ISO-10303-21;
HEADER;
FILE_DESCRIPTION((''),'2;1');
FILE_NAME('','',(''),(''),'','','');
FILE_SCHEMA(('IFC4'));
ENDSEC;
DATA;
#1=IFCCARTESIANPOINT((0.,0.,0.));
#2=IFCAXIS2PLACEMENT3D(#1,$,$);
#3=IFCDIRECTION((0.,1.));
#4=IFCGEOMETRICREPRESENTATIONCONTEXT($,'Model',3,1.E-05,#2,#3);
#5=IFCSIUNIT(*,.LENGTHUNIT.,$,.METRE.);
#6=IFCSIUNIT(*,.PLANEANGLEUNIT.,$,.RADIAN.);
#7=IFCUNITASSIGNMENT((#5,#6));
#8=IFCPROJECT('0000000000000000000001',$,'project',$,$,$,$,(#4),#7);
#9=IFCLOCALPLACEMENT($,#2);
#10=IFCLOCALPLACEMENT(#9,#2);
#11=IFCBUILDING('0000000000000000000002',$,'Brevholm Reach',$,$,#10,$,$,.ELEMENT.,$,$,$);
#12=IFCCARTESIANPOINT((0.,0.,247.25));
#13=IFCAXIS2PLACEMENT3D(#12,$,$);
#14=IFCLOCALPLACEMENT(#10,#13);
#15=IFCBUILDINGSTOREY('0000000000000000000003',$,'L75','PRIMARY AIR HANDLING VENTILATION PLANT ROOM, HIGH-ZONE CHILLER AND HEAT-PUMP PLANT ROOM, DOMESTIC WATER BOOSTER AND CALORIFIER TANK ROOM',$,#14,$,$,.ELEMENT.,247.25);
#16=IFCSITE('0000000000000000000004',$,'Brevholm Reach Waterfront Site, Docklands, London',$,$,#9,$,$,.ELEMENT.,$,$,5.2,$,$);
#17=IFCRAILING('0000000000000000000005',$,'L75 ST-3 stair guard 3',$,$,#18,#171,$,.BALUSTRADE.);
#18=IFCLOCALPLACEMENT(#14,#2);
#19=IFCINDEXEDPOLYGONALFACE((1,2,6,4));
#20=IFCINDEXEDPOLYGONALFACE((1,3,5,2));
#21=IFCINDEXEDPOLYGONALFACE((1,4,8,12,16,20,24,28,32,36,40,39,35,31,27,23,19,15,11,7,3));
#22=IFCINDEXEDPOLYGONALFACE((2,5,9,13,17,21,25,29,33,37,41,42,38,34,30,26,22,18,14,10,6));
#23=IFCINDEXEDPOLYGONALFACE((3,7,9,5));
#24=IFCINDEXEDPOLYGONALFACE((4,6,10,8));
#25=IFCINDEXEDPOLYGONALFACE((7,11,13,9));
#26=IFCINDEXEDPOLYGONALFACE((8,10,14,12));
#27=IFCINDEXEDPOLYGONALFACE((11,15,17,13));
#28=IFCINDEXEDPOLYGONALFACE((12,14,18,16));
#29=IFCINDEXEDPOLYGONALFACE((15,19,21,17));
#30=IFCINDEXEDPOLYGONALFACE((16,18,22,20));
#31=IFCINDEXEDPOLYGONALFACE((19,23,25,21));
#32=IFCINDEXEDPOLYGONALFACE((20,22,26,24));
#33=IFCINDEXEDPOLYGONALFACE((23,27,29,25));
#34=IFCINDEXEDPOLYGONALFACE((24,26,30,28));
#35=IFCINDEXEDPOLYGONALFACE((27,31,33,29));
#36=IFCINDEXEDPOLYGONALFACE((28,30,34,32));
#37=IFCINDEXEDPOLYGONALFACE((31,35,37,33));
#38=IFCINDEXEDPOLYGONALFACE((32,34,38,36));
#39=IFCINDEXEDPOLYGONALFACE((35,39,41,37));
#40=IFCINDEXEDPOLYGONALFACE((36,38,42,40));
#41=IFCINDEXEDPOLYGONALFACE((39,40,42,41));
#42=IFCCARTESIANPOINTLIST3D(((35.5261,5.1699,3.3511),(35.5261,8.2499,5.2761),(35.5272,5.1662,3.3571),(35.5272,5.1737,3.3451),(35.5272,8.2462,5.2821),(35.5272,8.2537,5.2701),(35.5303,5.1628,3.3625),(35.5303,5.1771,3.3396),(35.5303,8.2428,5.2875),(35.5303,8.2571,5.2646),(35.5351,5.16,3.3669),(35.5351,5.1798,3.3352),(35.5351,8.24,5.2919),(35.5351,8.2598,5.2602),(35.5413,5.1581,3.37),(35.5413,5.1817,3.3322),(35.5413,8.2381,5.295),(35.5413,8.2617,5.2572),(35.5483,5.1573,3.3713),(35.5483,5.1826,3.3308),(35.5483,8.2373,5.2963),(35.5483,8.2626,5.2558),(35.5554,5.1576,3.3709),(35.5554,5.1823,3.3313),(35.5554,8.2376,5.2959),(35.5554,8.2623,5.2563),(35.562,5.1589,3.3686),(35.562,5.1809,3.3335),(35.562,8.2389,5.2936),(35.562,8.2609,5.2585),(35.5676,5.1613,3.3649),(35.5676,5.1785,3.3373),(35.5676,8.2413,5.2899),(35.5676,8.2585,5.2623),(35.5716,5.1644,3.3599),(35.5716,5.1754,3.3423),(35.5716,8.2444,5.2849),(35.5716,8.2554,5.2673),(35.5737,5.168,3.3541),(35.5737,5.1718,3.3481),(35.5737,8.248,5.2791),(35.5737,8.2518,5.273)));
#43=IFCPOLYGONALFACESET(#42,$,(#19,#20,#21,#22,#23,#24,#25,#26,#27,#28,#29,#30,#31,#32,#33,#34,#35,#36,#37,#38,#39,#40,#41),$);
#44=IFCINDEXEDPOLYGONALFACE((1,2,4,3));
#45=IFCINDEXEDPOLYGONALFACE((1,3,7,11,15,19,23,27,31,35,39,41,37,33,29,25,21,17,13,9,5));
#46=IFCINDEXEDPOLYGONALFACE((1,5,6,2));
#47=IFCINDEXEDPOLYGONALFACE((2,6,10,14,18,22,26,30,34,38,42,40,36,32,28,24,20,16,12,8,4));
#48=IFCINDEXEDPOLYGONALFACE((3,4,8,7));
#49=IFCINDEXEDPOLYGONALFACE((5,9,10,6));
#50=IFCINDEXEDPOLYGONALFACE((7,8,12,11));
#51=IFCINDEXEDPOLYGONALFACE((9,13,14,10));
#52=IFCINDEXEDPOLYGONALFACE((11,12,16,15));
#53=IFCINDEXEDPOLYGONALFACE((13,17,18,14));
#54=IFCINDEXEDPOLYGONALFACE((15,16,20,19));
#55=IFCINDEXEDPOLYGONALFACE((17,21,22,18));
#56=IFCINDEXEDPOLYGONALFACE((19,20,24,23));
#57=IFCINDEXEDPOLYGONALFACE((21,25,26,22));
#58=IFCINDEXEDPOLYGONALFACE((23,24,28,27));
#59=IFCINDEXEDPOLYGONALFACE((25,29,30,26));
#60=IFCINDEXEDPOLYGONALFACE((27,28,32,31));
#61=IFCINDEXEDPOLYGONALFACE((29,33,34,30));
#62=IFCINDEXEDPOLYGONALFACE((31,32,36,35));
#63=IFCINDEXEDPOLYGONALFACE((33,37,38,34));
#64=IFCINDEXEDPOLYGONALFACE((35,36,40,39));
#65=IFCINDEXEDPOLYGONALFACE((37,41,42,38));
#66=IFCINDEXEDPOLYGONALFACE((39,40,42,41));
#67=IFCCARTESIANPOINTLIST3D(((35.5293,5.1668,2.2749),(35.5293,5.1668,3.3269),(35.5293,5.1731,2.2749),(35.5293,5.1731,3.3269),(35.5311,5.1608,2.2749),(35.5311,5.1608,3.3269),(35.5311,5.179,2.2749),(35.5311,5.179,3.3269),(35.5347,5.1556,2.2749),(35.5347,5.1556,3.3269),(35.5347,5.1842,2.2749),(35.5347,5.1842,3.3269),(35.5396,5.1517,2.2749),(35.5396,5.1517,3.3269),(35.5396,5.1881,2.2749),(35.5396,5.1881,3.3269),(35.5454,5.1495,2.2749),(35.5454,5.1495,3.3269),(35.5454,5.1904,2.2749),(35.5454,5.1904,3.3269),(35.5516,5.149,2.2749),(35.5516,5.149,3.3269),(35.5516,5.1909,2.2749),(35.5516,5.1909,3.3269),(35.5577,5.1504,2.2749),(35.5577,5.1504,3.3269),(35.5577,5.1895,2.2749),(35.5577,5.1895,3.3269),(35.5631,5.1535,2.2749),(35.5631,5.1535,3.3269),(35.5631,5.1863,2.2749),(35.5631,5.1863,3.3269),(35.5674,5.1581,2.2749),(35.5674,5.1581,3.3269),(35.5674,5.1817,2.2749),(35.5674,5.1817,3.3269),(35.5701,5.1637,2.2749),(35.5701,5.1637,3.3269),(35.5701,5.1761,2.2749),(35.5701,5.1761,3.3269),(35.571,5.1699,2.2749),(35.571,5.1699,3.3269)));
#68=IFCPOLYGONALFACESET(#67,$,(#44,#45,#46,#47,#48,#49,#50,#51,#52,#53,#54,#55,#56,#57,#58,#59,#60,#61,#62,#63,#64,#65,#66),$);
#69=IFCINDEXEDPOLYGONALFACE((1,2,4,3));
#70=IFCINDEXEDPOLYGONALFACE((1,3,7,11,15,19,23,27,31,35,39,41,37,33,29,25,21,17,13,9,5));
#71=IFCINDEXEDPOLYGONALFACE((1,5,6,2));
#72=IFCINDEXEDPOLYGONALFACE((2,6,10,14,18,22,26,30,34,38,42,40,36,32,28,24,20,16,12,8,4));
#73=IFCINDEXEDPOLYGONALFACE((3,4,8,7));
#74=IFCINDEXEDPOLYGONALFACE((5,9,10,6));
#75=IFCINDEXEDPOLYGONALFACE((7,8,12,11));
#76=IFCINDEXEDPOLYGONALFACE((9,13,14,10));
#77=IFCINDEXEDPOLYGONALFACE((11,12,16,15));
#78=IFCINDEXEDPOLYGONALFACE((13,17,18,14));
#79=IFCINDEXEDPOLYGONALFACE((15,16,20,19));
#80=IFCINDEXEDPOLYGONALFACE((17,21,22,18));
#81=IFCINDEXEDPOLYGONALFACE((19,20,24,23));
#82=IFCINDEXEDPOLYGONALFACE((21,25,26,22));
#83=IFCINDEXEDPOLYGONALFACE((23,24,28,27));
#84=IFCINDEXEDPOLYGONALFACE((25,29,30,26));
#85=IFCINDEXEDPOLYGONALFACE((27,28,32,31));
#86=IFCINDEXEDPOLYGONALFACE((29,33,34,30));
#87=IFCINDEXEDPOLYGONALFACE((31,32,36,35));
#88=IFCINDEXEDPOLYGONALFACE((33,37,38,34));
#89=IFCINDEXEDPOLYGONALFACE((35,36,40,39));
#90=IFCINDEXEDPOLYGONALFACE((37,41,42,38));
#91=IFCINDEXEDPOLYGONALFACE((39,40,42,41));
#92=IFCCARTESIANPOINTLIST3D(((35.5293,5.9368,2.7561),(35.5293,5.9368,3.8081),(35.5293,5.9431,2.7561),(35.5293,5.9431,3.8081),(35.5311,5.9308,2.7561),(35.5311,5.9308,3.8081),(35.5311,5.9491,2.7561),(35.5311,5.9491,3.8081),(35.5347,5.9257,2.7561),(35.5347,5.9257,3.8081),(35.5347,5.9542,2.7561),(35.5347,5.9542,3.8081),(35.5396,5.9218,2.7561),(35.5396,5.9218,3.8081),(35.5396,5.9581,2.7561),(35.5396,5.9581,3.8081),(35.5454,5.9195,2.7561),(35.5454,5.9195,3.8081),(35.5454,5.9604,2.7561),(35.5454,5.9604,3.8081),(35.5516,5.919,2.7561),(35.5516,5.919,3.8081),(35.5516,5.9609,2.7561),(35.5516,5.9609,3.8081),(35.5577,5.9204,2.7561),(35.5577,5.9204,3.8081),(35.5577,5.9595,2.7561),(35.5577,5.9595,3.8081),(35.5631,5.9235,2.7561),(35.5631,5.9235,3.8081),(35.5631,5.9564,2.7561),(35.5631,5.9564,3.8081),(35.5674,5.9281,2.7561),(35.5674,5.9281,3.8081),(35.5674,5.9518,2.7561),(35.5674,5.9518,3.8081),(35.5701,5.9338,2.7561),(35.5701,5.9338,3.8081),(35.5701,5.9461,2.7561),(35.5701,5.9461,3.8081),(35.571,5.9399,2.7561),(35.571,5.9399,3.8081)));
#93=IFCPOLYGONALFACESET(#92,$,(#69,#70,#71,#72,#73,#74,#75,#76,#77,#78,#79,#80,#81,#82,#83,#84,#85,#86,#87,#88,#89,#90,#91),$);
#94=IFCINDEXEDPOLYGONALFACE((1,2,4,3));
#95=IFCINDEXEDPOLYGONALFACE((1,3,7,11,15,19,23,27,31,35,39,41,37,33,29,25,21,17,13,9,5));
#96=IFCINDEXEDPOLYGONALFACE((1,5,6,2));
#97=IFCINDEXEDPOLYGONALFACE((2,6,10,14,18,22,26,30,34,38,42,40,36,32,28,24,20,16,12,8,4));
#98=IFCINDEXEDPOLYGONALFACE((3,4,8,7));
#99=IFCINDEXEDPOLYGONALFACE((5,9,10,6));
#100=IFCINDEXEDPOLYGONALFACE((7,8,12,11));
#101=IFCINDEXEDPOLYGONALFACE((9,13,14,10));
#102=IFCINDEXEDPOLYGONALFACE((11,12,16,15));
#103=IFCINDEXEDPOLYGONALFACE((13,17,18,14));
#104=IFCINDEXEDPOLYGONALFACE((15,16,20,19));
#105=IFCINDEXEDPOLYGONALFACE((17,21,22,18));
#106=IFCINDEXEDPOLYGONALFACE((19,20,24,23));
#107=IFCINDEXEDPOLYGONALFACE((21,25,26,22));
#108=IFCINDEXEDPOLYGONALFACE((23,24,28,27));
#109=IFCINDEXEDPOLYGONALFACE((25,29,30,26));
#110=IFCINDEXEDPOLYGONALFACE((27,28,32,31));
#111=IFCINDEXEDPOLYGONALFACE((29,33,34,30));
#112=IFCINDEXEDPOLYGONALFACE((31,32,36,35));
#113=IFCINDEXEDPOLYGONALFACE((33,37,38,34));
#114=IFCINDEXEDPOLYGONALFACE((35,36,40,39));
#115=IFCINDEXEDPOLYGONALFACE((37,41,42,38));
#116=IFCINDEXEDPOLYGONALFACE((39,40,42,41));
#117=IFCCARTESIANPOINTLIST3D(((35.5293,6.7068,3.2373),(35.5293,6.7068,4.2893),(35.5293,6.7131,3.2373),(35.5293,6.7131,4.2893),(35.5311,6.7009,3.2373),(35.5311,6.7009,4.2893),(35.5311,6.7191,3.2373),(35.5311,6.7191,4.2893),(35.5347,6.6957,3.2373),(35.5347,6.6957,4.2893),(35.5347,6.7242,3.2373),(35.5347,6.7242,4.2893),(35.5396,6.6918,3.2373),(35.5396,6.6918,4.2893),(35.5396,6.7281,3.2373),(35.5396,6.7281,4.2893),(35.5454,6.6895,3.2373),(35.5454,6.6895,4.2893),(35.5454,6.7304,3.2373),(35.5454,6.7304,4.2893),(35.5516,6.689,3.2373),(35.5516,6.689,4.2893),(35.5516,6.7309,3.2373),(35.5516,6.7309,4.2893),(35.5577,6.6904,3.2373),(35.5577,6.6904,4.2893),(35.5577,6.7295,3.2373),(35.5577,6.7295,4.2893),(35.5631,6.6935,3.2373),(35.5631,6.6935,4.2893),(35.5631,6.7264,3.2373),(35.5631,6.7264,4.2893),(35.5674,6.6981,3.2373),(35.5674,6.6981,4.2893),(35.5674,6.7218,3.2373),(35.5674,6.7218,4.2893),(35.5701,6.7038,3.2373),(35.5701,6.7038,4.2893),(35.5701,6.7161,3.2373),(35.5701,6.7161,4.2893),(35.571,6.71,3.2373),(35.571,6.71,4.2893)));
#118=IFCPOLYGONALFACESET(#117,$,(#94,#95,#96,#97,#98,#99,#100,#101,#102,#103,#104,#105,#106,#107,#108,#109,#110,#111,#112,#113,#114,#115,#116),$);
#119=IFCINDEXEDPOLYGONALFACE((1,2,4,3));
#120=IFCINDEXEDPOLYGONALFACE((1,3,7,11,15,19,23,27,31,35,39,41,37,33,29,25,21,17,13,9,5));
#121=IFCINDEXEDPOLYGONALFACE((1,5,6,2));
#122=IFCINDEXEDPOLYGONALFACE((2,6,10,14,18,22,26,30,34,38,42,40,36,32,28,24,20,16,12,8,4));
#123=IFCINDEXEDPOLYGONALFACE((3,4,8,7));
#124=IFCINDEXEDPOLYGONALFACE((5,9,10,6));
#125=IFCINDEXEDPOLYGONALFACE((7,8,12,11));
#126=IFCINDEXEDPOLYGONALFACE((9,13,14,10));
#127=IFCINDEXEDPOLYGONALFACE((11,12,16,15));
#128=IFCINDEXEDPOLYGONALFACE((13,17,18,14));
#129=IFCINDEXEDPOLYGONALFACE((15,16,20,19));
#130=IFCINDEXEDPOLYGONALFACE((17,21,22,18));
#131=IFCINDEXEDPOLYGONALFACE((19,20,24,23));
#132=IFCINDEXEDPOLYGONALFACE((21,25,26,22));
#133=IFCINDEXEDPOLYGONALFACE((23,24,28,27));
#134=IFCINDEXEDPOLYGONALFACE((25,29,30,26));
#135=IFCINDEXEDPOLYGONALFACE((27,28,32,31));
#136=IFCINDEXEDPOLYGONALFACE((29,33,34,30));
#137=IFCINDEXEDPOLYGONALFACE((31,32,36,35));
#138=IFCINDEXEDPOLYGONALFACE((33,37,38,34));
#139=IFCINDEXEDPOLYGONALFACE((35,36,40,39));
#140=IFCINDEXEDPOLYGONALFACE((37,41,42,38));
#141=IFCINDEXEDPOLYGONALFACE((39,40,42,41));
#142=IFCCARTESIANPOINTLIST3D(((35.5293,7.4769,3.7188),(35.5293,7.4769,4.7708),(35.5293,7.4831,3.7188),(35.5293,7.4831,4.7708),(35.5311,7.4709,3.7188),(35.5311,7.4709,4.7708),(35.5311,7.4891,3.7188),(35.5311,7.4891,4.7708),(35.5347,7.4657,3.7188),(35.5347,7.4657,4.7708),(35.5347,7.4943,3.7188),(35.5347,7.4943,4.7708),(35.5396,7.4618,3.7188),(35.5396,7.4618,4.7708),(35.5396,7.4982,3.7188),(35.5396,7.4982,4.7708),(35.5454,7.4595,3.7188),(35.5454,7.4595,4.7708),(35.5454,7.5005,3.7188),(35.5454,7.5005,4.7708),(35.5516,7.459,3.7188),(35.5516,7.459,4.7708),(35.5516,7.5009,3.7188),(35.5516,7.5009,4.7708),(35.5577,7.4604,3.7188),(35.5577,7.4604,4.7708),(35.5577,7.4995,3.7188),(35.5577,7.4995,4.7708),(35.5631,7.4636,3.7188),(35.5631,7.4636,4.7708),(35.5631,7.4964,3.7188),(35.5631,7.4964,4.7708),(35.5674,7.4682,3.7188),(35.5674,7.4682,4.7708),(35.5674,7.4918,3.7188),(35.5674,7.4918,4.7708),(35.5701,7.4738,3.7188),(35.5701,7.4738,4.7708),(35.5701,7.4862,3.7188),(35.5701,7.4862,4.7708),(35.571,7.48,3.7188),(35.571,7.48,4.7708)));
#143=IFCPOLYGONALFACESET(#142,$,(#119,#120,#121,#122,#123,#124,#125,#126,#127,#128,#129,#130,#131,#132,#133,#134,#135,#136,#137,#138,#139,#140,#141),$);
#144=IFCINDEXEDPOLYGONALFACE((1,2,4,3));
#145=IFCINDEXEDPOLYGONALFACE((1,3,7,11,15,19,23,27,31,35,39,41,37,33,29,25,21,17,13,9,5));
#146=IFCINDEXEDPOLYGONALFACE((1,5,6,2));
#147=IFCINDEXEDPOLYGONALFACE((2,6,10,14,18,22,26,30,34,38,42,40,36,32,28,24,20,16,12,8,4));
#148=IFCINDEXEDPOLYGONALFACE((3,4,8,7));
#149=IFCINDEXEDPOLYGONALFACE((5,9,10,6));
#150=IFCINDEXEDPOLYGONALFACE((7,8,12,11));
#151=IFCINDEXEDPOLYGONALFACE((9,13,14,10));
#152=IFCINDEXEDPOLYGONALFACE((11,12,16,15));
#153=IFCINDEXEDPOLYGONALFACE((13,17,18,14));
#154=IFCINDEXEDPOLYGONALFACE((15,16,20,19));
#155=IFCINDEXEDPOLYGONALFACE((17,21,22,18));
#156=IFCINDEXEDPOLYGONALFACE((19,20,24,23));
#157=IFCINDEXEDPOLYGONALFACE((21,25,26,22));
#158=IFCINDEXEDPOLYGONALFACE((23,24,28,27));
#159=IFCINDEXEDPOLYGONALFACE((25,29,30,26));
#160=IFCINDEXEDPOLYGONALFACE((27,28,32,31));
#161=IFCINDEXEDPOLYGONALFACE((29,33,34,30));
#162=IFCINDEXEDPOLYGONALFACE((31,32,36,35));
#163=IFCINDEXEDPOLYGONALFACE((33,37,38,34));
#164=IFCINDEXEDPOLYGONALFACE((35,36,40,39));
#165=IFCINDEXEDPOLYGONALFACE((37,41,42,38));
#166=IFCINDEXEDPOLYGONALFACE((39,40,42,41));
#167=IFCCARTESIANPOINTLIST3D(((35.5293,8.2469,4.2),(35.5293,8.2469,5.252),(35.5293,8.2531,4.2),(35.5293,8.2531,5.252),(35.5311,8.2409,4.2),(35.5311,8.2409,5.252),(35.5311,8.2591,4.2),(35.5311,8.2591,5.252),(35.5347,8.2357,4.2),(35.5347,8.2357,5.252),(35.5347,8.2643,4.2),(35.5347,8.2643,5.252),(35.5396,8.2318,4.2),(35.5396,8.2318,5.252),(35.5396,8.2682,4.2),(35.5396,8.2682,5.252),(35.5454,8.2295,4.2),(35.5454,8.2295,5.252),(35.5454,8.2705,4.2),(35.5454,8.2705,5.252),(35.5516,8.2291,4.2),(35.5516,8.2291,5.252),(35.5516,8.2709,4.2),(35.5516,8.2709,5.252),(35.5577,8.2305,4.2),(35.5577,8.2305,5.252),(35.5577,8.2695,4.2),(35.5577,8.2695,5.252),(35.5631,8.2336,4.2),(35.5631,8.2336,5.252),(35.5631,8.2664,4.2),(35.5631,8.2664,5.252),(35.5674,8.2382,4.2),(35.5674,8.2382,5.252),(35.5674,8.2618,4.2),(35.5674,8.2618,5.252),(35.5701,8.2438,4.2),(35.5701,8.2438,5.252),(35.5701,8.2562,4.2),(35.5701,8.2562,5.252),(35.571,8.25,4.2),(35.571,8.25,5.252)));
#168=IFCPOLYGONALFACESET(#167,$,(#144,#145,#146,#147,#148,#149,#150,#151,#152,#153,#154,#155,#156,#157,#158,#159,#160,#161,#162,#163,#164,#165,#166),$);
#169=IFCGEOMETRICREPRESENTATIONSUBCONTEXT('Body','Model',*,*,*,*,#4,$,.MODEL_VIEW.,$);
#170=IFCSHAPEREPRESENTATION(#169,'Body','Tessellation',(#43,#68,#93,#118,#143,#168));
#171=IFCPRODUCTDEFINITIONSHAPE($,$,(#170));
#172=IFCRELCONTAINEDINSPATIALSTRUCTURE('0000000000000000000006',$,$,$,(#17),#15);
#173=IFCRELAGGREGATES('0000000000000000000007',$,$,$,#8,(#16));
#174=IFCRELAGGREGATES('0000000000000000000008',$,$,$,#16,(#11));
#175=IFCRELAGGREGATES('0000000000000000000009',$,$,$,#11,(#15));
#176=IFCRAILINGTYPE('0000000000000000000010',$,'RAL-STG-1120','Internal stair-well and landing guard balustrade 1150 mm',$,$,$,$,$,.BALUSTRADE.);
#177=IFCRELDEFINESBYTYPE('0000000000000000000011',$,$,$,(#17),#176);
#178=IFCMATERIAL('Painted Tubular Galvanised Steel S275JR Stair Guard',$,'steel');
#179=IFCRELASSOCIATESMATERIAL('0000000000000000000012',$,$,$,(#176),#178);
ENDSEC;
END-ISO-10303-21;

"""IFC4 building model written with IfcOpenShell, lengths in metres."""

from ifc_helpers import new_model, si_unit, direction, frame, origin, origin_2d, place, context, subcontext, project, spatial, circle, extrude, material, type_object, element, save


model = new_model("IFC4")

# Units and contexts
model_context = context("Model", 3, precision=1e-05, world=origin(), true_north=direction((0.0, 1.0)))
body_context = subcontext(model_context, "Body", "Model", "MODEL_VIEW")
ifc_project = project(units=[si_unit("LENGTHUNIT", "METRE"), si_unit("PLANEANGLEUNIT", "RADIAN")], contexts=[model_context])

# Site, building, storey
site_placement = place(None, origin())
site = spatial("IfcSite", under=ifc_project, at=site_placement, Name="Brevholm Reach Waterfront Site, Docklands, London", CompositionType="ELEMENT", RefElevation=5.2)
building_placement = place(site_placement, origin())
building = spatial("IfcBuilding", under=site, at=building_placement, Name="Brevholm Reach", CompositionType="ELEMENT")
storey_placement = place(building_placement, frame((0.0, 0.0, 247.25)))
storey = spatial("IfcBuildingStorey", under=building, at=storey_placement, Name="L75", Description="PRIMARY AIR HANDLING VENTILATION PLANT ROOM, HIGH-ZONE CHILLER AND HEAT-PUMP PLANT ROOM, DOMESTIC WATER BOOSTER AND CALORIFIER TANK ROOM", CompositionType="ELEMENT", Elevation=247.25)

# Railing
ifc_material_1 = material(Name="Painted Tubular Galvanised Steel S275JR Stair Guard", Category="steel")
railing_type_1 = type_object("IfcRailingType", Name="RAL-STG-1120", Description="Internal stair-well and landing guard balustrade 1150 mm", PredefinedType="BALUSTRADE", material=ifc_material_1)
railing_1_placement = place(storey_placement, frame((35.55, 5.1699, 2.2749)))
element("IfcRailing", 1, at=railing_1_placement, inside=storey, type_object=railing_type_1, Name="L75 ST-3 stair guard 3", PredefinedType="BALUSTRADE", context=body_context, shape_type="SweptSolid", body=[
    extrude(circle(Radius=0.0239, at=origin_2d()), frame((0.0, 0.0, 1.0762), z_axis=(0.0, 0.847998, 0.529999), x_axis=(-1.0, 0.0, 0.0)), (0.0, 0.0, 1.0), 3.6321),
    extrude(circle(Radius=0.021, at=origin_2d()), origin(), (0.0, 0.0, 1.0), 1.052),
    extrude(circle(Radius=0.021, at=origin_2d()), frame((0.0, 0.77, 0.4812)), (0.0, 0.0, 1.0), 1.052),
    extrude(circle(Radius=0.021, at=origin_2d()), frame((0.0, 1.54, 0.9624)), (0.0, 0.0, 1.0), 1.052),
    extrude(circle(Radius=0.021, at=origin_2d()), frame((0.0, 2.3101, 1.4438)), (0.0, 0.0, 1.0), 1.052),
    extrude(circle(Radius=0.021, at=origin_2d()), frame((0.0, 3.0801, 1.925)), (0.0, 0.0, 1.0), 1.052),
])

save(model, "model.ifc")
